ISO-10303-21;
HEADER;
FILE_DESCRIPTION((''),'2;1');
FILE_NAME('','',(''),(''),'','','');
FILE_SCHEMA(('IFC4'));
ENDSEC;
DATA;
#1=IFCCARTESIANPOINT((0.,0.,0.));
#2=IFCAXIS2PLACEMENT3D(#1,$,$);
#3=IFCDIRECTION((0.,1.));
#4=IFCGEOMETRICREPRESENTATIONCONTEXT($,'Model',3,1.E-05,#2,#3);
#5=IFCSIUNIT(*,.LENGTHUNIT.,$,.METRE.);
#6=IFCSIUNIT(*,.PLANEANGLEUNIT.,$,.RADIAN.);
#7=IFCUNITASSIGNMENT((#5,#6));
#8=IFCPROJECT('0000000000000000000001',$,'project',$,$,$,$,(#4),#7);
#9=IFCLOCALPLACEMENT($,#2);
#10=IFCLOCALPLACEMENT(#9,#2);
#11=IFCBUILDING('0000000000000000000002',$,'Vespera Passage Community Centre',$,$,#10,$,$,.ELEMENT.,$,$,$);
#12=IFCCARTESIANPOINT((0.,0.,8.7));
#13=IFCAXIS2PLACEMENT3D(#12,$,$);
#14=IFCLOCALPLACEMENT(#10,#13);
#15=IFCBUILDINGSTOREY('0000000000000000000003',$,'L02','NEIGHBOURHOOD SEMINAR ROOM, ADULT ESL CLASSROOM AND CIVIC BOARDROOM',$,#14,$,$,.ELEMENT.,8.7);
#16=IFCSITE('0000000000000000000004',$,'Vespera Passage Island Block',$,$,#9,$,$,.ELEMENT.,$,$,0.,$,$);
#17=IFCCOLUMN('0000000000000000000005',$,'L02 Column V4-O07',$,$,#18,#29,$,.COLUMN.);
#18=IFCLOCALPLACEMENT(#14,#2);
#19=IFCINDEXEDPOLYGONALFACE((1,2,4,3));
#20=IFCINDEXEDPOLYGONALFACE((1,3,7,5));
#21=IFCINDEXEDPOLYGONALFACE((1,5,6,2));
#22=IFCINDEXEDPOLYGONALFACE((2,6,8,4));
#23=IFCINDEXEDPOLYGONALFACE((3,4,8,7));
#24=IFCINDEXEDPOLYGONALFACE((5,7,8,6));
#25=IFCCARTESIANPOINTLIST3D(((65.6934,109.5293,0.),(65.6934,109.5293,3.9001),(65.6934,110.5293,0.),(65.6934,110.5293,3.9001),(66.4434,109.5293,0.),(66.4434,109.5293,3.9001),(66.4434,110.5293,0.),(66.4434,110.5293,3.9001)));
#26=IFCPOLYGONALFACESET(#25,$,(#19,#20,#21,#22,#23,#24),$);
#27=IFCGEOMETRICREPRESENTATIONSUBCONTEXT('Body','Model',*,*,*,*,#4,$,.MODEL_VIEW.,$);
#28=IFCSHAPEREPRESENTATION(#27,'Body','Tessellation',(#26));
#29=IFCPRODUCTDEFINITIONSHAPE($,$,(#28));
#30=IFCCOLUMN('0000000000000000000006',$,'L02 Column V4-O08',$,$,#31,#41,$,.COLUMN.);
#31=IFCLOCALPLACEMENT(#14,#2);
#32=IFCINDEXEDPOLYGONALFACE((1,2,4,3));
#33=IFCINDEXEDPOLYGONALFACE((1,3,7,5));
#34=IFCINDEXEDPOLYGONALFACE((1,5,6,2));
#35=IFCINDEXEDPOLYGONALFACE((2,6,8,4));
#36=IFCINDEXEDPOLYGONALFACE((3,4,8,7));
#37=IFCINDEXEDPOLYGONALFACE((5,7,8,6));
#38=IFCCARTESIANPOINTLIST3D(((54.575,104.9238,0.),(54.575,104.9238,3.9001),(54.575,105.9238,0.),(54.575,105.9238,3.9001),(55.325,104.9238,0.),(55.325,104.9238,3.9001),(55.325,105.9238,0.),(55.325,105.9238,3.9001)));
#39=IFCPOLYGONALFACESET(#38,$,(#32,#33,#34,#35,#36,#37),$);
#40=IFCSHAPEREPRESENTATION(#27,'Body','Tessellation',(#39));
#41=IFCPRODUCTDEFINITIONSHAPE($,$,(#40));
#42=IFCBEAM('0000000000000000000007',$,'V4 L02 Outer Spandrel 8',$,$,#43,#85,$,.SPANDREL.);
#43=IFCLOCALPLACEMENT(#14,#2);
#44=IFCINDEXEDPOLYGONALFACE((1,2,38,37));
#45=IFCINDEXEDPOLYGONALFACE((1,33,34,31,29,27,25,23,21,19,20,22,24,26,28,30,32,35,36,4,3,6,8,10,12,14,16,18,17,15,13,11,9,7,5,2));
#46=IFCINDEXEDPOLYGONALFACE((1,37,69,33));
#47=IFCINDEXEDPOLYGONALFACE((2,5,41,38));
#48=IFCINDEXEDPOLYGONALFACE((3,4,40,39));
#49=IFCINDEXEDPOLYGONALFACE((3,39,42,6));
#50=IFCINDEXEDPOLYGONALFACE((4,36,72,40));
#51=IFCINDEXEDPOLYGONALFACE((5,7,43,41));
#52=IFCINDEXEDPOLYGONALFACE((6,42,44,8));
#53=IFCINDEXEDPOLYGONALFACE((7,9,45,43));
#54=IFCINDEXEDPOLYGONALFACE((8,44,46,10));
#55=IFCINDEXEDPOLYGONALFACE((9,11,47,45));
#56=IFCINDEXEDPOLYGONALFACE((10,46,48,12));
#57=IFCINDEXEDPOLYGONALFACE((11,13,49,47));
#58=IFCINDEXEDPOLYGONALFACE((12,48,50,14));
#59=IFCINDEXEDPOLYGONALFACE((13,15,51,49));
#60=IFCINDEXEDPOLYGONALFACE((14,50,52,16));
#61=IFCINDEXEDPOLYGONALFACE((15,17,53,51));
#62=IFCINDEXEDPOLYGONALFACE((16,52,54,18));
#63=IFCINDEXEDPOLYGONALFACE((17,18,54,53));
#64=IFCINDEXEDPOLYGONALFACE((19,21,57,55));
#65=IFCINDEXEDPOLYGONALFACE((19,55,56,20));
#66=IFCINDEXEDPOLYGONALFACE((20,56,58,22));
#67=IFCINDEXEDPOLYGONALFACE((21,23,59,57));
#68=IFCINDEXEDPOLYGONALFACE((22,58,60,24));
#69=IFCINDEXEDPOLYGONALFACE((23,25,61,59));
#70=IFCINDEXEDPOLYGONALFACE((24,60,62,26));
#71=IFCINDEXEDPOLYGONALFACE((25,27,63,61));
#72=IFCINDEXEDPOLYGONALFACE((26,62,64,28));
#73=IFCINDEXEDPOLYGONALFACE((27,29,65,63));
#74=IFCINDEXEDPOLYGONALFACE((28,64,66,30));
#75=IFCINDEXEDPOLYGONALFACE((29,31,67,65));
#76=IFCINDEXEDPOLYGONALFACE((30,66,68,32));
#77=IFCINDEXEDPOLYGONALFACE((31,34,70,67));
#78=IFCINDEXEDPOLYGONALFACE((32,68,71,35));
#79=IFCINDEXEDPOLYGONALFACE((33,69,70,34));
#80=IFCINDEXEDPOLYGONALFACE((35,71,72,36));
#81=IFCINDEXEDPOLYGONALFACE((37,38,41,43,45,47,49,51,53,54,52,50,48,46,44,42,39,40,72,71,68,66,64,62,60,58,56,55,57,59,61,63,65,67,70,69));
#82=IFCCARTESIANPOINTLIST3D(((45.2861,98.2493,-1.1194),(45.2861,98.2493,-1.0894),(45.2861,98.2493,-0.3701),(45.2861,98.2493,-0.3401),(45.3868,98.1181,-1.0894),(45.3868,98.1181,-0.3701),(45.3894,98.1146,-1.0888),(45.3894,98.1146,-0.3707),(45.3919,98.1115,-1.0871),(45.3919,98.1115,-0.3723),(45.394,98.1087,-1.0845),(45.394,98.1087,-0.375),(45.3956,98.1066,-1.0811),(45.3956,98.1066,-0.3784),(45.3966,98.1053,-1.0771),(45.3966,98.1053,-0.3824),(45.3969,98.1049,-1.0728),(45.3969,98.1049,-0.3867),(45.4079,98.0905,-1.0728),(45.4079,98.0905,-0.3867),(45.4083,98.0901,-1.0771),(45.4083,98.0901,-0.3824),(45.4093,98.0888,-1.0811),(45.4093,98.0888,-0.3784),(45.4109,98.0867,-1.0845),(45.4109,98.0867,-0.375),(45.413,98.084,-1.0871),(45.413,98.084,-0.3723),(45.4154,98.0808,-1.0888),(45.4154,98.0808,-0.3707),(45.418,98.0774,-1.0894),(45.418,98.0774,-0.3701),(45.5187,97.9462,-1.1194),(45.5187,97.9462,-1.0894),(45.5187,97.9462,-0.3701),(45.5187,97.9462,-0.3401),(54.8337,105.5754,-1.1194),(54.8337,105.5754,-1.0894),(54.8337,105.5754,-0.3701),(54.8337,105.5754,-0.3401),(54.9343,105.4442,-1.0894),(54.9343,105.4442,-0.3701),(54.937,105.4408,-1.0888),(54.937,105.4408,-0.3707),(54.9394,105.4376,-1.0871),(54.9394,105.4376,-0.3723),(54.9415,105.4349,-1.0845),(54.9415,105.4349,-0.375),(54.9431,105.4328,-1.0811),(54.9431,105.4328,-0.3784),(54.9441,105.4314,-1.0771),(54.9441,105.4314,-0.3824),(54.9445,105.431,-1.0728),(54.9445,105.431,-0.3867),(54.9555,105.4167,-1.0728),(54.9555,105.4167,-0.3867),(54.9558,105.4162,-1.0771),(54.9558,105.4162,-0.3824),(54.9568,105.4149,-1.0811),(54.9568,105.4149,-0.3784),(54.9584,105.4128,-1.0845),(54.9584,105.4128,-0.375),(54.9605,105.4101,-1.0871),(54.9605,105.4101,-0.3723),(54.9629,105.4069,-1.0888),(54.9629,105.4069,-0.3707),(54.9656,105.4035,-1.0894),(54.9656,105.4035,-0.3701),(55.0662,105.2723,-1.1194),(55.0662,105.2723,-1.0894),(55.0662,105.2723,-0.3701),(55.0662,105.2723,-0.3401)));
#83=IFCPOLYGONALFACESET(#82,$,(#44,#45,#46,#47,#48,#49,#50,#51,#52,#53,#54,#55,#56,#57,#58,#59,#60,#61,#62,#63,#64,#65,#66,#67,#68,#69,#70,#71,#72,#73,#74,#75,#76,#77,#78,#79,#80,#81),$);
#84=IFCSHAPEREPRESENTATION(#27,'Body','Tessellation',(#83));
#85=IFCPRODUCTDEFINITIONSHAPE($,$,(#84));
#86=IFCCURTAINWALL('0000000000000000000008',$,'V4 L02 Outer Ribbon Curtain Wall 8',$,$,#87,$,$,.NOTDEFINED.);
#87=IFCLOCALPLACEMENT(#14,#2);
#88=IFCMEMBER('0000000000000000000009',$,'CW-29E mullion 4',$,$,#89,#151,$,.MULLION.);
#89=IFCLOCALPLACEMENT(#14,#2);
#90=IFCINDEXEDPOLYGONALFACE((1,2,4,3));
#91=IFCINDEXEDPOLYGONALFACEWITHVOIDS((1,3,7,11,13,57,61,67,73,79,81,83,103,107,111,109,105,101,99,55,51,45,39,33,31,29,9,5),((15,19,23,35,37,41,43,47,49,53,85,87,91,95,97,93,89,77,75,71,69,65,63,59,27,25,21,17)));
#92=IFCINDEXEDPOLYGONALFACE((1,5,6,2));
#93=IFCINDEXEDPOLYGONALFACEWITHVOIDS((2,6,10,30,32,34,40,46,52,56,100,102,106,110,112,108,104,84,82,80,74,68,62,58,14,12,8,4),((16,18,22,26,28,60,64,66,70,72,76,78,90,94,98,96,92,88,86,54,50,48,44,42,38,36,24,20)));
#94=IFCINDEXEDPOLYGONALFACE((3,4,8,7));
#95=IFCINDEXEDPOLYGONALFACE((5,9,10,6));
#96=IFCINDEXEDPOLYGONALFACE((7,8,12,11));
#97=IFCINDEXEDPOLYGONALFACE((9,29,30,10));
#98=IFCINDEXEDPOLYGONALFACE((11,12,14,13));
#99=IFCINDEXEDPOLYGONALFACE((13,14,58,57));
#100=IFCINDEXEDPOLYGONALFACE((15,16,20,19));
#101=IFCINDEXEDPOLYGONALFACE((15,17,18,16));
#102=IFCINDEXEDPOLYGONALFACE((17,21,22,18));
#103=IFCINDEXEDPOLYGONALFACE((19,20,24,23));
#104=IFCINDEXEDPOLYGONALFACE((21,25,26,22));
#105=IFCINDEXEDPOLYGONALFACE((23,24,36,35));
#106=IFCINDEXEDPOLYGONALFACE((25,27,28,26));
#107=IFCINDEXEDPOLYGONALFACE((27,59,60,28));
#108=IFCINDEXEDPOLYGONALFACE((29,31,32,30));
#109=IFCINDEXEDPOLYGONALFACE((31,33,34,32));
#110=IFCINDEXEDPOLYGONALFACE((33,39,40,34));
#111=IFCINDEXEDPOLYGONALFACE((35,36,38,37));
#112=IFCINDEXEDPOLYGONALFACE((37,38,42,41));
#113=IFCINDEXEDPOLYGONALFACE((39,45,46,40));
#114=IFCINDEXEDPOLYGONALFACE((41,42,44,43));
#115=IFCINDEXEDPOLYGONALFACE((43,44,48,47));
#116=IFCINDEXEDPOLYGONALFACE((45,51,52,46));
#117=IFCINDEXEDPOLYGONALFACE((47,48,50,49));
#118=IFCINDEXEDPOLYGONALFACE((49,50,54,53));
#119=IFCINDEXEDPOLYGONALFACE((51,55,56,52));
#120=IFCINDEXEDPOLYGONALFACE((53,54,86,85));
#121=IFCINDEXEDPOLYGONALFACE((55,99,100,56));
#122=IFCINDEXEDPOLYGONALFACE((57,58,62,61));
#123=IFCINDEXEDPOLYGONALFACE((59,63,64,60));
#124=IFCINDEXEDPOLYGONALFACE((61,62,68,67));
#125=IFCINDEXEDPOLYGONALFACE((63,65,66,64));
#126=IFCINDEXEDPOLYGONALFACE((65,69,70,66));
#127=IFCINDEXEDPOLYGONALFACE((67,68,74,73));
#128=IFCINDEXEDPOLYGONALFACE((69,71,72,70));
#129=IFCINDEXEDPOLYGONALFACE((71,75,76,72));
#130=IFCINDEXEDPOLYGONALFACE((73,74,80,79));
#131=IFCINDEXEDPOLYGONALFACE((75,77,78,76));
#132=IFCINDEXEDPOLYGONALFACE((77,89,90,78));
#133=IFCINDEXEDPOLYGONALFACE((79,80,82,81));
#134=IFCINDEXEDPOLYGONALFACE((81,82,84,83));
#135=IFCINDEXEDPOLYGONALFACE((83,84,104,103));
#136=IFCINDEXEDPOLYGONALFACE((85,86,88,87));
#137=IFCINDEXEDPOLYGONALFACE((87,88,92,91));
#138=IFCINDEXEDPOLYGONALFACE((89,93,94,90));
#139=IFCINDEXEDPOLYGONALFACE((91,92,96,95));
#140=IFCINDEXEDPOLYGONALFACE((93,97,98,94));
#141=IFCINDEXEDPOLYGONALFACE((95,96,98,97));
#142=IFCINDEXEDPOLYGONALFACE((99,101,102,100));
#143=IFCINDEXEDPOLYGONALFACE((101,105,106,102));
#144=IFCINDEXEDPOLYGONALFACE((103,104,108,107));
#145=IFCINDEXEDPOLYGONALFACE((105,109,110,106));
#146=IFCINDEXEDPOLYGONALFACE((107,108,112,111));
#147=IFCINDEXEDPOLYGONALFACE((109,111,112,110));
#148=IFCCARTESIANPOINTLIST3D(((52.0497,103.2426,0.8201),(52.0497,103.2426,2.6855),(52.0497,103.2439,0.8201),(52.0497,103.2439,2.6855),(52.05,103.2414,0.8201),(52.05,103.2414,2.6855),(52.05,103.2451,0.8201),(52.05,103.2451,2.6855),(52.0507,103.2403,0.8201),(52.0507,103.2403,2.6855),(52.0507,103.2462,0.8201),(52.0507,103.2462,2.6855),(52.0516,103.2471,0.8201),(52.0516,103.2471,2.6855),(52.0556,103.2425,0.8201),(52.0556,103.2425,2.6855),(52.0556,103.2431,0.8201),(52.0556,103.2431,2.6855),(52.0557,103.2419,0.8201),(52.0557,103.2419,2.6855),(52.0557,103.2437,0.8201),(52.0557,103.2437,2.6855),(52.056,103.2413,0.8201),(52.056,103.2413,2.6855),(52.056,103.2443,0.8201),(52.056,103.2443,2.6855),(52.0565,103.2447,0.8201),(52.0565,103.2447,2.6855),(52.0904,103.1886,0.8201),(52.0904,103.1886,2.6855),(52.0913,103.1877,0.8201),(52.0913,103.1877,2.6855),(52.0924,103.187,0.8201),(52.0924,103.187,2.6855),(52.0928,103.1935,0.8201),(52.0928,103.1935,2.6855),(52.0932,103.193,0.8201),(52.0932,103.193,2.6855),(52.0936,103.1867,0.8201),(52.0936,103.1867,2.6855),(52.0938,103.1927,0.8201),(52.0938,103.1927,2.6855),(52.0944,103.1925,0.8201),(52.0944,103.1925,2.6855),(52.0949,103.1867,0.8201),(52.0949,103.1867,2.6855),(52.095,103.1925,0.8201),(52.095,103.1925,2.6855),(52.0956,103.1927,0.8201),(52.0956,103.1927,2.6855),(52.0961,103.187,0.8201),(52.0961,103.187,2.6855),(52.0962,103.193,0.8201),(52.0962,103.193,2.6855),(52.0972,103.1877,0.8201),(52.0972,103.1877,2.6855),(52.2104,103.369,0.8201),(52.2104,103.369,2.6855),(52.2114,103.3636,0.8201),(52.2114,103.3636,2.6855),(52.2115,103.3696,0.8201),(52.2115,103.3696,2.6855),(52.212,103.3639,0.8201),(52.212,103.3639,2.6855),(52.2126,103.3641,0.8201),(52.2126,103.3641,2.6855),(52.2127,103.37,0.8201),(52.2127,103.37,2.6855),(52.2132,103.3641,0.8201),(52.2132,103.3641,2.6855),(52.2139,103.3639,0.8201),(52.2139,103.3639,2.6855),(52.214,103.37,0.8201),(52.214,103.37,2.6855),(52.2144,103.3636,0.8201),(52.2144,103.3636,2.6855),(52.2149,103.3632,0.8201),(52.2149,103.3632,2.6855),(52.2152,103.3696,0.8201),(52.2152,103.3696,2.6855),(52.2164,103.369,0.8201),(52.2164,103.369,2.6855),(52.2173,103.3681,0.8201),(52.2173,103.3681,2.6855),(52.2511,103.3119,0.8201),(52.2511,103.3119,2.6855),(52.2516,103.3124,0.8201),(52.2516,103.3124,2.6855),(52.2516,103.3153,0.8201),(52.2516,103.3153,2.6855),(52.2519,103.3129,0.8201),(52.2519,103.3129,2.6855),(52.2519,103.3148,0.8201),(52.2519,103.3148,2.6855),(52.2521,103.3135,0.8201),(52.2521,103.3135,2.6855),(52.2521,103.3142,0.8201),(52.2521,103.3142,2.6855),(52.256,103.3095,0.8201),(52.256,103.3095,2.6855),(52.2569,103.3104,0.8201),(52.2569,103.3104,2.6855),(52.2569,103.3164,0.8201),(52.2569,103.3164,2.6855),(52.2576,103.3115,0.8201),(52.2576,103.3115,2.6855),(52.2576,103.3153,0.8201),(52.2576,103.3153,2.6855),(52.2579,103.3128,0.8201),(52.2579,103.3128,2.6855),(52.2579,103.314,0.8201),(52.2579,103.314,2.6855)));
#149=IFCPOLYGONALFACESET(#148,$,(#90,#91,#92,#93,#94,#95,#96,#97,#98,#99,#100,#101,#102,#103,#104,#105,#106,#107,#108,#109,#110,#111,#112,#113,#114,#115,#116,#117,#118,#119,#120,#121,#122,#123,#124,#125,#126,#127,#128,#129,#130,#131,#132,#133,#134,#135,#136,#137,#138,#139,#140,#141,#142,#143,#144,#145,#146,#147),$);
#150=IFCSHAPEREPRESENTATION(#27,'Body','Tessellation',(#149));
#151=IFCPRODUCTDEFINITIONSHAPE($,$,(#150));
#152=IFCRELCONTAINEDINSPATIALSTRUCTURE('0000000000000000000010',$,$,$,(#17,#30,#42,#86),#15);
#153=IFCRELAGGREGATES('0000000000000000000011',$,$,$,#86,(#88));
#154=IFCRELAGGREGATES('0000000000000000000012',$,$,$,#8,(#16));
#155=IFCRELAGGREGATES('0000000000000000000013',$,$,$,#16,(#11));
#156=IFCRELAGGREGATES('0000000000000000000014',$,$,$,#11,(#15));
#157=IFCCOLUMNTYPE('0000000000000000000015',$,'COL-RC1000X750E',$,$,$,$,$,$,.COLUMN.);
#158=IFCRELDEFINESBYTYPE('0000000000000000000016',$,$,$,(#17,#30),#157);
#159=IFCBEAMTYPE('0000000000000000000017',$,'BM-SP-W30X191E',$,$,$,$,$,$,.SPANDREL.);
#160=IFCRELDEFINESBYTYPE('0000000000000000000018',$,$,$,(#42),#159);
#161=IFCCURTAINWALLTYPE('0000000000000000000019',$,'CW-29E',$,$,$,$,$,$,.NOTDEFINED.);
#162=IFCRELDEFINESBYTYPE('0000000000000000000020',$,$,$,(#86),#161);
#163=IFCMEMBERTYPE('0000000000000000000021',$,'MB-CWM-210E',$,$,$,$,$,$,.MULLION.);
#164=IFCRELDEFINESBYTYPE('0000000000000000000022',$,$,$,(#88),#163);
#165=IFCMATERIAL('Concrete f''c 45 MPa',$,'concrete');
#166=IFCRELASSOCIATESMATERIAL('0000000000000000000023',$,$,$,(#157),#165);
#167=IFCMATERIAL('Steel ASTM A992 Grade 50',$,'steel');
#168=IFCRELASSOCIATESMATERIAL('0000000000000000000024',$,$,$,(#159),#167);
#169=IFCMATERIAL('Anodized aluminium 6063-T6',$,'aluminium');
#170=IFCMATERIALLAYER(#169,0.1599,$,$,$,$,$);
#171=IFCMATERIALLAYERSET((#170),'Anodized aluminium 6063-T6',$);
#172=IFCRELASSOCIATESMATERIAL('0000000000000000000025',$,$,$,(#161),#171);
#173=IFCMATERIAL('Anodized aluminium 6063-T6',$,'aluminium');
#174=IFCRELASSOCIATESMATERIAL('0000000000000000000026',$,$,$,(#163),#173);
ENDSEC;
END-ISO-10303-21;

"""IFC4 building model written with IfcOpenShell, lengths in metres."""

from ifc_helpers import new_model, si_unit, direction, frame, origin, origin_2d, place, context, subcontext, project, spatial, rectangle, hollow_rectangle, i_section, extrude, material, layer, layer_set, material_profile, profile_set, type_object, element, aggregate, save


model = new_model("IFC4")

# Units and contexts
model_context = context("Model", 3, precision=1e-05, world=origin(), true_north=direction((0.0, 1.0)))
body_context = subcontext(model_context, "Body", "Model", "MODEL_VIEW")
ifc_project = project(units=[si_unit("LENGTHUNIT", "METRE"), si_unit("PLANEANGLEUNIT", "RADIAN")], contexts=[model_context])

# Site, building, storey
site_placement = place(None, origin())
site = spatial("IfcSite", under=ifc_project, at=site_placement, Name="Vespera Passage Island Block", CompositionType="ELEMENT", RefElevation=0.0)
building_placement = place(site_placement, origin())
building = spatial("IfcBuilding", under=site, at=building_placement, Name="Vespera Passage Community Centre", CompositionType="ELEMENT")
storey_placement = place(building_placement, frame((0.0, 0.0, 8.7)))
storey = spatial("IfcBuildingStorey", under=building, at=storey_placement, Name="L02", Description="NEIGHBOURHOOD SEMINAR ROOM, ADULT ESL CLASSROOM AND CIVIC BOARDROOM", CompositionType="ELEMENT", Elevation=8.7)

# Columns
ifc_material_1 = material(Name="Concrete f'c 45 MPa", Category="concrete")
ifc_material_profile_1 = material_profile(ifc_material_1, rectangle(XDim=0.75, YDim=1.0, at=origin_2d()), Name="RC1000X750")
ifc_profile_set_1 = profile_set([ifc_material_profile_1], Name="Concrete f'c 45 MPa")
column_type = type_object("IfcColumnType", Name="COL-RC1000X750E", PredefinedType="COLUMN", material=ifc_profile_set_1)
for number, where, z_axis, x_axis, name in (
    (1, (66.0684, 110.0293, 0.0), (0.0, 0.0, 1.0), (1.0, 0.0, 0.0), "L02 Column V4-O07"),
    (2, (54.95, 105.4238, 0.0), (0.0, 0.0, 1.0), (1.0, 0.0, 0.0), "L02 Column V4-O08"),
):
    element("IfcColumn", number, at=place(storey_placement, frame(where, z_axis=z_axis, x_axis=x_axis)), inside=storey, type_object=column_type, Name=name, PredefinedType="COLUMN", context=body_context, shape_type="SweptSolid", body=[
        extrude(rectangle(XDim=0.75, YDim=1.0, at=origin_2d()), origin(), (0.0, 0.0, 1.0), 3.9001),
    ])

# Beam
ifc_material_2 = material(Name="Steel ASTM A992 Grade 50", Category="steel")
ifc_material_profile_2 = material_profile(ifc_material_2, i_section(OverallWidth=0.3821, OverallDepth=0.7793, WebThickness=0.0181, FlangeThickness=0.03, FilletRadius=0.0166, at=origin_2d()), Name="W30X191")
ifc_profile_set_2 = profile_set([ifc_material_profile_2], Name="Steel ASTM A992 Grade 50")
beam_type = type_object("IfcBeamType", Name="BM-SP-W30X191E", PredefinedType="SPANDREL", material=ifc_profile_set_2)
beam_placement = place(storey_placement, frame((54.95, 105.4238, -0.7297), z_axis=(-0.793352, -0.608763, 0.0), x_axis=(0.608763, -0.793352, 0.0)))
element("IfcBeam", 3, at=beam_placement, inside=storey, type_object=beam_type, Name="V4 L02 Outer Spandrel 8", PredefinedType="SPANDREL", context=body_context, shape_type="SweptSolid", body=[
    extrude(i_section(OverallWidth=0.3821, OverallDepth=0.7793, WebThickness=0.0181, FlangeThickness=0.03, FilletRadius=0.0166, at=origin_2d()), origin(), (0.0, 0.0, 1.0), 12.0344),
])

# Curtain wall, member
ifc_material_3 = material(Name="Anodized aluminium 6063-T6", Category="aluminium")
ifc_layer_1 = layer(ifc_material_3, 0.1599)
ifc_layer_set_1 = layer_set([ifc_layer_1], Name="Anodized aluminium 6063-T6")
curtain_wall_type = type_object("IfcCurtainWallType", Name="CW-29E", PredefinedType="NOTDEFINED", material=ifc_layer_set_1)
curtain_wall_placement = place(storey_placement, origin())
curtain_wall = element("IfcCurtainWall", 4, at=curtain_wall_placement, inside=storey, type_object=curtain_wall_type, Name="V4 L02 Outer Ribbon Curtain Wall 8", PredefinedType="NOTDEFINED")
ifc_material_4 = material(Name="Anodized aluminium 6063-T6", Category="aluminium")
ifc_material_profile_3 = material_profile(ifc_material_4, hollow_rectangle(XDim=0.075, YDim=0.21, WallThickness=0.0049, InnerFilletRadius=0.0024, OuterFilletRadius=0.0049, at=origin_2d()), Name="ALU210X75X5")
ifc_profile_set_3 = profile_set([ifc_material_profile_3], Name="Anodized aluminium 6063-T6")
member_type_1 = type_object("IfcMemberType", Name="MB-CWM-210E", PredefinedType="MULLION", material=ifc_profile_set_3)
member_1_placement = place(storey_placement, frame((52.1538, 103.2783, 0.8201), z_axis=(0.0, 0.0, 1.0), x_axis=(-0.608768, 0.793348, 0.0)))
member_1 = element("IfcMember", 5, at=member_1_placement, type_object=member_type_1, Name="CW-29E mullion 4", PredefinedType="MULLION", context=body_context, shape_type="SweptSolid", body=[
    extrude(hollow_rectangle(XDim=0.075, YDim=0.21, WallThickness=0.0049, InnerFilletRadius=0.0024, OuterFilletRadius=0.0049, at=origin_2d()), origin(), (0.0, 0.0, 1.0), 1.8655),
])
aggregate(curtain_wall, [member_1])

save(model, "model.ifc")
